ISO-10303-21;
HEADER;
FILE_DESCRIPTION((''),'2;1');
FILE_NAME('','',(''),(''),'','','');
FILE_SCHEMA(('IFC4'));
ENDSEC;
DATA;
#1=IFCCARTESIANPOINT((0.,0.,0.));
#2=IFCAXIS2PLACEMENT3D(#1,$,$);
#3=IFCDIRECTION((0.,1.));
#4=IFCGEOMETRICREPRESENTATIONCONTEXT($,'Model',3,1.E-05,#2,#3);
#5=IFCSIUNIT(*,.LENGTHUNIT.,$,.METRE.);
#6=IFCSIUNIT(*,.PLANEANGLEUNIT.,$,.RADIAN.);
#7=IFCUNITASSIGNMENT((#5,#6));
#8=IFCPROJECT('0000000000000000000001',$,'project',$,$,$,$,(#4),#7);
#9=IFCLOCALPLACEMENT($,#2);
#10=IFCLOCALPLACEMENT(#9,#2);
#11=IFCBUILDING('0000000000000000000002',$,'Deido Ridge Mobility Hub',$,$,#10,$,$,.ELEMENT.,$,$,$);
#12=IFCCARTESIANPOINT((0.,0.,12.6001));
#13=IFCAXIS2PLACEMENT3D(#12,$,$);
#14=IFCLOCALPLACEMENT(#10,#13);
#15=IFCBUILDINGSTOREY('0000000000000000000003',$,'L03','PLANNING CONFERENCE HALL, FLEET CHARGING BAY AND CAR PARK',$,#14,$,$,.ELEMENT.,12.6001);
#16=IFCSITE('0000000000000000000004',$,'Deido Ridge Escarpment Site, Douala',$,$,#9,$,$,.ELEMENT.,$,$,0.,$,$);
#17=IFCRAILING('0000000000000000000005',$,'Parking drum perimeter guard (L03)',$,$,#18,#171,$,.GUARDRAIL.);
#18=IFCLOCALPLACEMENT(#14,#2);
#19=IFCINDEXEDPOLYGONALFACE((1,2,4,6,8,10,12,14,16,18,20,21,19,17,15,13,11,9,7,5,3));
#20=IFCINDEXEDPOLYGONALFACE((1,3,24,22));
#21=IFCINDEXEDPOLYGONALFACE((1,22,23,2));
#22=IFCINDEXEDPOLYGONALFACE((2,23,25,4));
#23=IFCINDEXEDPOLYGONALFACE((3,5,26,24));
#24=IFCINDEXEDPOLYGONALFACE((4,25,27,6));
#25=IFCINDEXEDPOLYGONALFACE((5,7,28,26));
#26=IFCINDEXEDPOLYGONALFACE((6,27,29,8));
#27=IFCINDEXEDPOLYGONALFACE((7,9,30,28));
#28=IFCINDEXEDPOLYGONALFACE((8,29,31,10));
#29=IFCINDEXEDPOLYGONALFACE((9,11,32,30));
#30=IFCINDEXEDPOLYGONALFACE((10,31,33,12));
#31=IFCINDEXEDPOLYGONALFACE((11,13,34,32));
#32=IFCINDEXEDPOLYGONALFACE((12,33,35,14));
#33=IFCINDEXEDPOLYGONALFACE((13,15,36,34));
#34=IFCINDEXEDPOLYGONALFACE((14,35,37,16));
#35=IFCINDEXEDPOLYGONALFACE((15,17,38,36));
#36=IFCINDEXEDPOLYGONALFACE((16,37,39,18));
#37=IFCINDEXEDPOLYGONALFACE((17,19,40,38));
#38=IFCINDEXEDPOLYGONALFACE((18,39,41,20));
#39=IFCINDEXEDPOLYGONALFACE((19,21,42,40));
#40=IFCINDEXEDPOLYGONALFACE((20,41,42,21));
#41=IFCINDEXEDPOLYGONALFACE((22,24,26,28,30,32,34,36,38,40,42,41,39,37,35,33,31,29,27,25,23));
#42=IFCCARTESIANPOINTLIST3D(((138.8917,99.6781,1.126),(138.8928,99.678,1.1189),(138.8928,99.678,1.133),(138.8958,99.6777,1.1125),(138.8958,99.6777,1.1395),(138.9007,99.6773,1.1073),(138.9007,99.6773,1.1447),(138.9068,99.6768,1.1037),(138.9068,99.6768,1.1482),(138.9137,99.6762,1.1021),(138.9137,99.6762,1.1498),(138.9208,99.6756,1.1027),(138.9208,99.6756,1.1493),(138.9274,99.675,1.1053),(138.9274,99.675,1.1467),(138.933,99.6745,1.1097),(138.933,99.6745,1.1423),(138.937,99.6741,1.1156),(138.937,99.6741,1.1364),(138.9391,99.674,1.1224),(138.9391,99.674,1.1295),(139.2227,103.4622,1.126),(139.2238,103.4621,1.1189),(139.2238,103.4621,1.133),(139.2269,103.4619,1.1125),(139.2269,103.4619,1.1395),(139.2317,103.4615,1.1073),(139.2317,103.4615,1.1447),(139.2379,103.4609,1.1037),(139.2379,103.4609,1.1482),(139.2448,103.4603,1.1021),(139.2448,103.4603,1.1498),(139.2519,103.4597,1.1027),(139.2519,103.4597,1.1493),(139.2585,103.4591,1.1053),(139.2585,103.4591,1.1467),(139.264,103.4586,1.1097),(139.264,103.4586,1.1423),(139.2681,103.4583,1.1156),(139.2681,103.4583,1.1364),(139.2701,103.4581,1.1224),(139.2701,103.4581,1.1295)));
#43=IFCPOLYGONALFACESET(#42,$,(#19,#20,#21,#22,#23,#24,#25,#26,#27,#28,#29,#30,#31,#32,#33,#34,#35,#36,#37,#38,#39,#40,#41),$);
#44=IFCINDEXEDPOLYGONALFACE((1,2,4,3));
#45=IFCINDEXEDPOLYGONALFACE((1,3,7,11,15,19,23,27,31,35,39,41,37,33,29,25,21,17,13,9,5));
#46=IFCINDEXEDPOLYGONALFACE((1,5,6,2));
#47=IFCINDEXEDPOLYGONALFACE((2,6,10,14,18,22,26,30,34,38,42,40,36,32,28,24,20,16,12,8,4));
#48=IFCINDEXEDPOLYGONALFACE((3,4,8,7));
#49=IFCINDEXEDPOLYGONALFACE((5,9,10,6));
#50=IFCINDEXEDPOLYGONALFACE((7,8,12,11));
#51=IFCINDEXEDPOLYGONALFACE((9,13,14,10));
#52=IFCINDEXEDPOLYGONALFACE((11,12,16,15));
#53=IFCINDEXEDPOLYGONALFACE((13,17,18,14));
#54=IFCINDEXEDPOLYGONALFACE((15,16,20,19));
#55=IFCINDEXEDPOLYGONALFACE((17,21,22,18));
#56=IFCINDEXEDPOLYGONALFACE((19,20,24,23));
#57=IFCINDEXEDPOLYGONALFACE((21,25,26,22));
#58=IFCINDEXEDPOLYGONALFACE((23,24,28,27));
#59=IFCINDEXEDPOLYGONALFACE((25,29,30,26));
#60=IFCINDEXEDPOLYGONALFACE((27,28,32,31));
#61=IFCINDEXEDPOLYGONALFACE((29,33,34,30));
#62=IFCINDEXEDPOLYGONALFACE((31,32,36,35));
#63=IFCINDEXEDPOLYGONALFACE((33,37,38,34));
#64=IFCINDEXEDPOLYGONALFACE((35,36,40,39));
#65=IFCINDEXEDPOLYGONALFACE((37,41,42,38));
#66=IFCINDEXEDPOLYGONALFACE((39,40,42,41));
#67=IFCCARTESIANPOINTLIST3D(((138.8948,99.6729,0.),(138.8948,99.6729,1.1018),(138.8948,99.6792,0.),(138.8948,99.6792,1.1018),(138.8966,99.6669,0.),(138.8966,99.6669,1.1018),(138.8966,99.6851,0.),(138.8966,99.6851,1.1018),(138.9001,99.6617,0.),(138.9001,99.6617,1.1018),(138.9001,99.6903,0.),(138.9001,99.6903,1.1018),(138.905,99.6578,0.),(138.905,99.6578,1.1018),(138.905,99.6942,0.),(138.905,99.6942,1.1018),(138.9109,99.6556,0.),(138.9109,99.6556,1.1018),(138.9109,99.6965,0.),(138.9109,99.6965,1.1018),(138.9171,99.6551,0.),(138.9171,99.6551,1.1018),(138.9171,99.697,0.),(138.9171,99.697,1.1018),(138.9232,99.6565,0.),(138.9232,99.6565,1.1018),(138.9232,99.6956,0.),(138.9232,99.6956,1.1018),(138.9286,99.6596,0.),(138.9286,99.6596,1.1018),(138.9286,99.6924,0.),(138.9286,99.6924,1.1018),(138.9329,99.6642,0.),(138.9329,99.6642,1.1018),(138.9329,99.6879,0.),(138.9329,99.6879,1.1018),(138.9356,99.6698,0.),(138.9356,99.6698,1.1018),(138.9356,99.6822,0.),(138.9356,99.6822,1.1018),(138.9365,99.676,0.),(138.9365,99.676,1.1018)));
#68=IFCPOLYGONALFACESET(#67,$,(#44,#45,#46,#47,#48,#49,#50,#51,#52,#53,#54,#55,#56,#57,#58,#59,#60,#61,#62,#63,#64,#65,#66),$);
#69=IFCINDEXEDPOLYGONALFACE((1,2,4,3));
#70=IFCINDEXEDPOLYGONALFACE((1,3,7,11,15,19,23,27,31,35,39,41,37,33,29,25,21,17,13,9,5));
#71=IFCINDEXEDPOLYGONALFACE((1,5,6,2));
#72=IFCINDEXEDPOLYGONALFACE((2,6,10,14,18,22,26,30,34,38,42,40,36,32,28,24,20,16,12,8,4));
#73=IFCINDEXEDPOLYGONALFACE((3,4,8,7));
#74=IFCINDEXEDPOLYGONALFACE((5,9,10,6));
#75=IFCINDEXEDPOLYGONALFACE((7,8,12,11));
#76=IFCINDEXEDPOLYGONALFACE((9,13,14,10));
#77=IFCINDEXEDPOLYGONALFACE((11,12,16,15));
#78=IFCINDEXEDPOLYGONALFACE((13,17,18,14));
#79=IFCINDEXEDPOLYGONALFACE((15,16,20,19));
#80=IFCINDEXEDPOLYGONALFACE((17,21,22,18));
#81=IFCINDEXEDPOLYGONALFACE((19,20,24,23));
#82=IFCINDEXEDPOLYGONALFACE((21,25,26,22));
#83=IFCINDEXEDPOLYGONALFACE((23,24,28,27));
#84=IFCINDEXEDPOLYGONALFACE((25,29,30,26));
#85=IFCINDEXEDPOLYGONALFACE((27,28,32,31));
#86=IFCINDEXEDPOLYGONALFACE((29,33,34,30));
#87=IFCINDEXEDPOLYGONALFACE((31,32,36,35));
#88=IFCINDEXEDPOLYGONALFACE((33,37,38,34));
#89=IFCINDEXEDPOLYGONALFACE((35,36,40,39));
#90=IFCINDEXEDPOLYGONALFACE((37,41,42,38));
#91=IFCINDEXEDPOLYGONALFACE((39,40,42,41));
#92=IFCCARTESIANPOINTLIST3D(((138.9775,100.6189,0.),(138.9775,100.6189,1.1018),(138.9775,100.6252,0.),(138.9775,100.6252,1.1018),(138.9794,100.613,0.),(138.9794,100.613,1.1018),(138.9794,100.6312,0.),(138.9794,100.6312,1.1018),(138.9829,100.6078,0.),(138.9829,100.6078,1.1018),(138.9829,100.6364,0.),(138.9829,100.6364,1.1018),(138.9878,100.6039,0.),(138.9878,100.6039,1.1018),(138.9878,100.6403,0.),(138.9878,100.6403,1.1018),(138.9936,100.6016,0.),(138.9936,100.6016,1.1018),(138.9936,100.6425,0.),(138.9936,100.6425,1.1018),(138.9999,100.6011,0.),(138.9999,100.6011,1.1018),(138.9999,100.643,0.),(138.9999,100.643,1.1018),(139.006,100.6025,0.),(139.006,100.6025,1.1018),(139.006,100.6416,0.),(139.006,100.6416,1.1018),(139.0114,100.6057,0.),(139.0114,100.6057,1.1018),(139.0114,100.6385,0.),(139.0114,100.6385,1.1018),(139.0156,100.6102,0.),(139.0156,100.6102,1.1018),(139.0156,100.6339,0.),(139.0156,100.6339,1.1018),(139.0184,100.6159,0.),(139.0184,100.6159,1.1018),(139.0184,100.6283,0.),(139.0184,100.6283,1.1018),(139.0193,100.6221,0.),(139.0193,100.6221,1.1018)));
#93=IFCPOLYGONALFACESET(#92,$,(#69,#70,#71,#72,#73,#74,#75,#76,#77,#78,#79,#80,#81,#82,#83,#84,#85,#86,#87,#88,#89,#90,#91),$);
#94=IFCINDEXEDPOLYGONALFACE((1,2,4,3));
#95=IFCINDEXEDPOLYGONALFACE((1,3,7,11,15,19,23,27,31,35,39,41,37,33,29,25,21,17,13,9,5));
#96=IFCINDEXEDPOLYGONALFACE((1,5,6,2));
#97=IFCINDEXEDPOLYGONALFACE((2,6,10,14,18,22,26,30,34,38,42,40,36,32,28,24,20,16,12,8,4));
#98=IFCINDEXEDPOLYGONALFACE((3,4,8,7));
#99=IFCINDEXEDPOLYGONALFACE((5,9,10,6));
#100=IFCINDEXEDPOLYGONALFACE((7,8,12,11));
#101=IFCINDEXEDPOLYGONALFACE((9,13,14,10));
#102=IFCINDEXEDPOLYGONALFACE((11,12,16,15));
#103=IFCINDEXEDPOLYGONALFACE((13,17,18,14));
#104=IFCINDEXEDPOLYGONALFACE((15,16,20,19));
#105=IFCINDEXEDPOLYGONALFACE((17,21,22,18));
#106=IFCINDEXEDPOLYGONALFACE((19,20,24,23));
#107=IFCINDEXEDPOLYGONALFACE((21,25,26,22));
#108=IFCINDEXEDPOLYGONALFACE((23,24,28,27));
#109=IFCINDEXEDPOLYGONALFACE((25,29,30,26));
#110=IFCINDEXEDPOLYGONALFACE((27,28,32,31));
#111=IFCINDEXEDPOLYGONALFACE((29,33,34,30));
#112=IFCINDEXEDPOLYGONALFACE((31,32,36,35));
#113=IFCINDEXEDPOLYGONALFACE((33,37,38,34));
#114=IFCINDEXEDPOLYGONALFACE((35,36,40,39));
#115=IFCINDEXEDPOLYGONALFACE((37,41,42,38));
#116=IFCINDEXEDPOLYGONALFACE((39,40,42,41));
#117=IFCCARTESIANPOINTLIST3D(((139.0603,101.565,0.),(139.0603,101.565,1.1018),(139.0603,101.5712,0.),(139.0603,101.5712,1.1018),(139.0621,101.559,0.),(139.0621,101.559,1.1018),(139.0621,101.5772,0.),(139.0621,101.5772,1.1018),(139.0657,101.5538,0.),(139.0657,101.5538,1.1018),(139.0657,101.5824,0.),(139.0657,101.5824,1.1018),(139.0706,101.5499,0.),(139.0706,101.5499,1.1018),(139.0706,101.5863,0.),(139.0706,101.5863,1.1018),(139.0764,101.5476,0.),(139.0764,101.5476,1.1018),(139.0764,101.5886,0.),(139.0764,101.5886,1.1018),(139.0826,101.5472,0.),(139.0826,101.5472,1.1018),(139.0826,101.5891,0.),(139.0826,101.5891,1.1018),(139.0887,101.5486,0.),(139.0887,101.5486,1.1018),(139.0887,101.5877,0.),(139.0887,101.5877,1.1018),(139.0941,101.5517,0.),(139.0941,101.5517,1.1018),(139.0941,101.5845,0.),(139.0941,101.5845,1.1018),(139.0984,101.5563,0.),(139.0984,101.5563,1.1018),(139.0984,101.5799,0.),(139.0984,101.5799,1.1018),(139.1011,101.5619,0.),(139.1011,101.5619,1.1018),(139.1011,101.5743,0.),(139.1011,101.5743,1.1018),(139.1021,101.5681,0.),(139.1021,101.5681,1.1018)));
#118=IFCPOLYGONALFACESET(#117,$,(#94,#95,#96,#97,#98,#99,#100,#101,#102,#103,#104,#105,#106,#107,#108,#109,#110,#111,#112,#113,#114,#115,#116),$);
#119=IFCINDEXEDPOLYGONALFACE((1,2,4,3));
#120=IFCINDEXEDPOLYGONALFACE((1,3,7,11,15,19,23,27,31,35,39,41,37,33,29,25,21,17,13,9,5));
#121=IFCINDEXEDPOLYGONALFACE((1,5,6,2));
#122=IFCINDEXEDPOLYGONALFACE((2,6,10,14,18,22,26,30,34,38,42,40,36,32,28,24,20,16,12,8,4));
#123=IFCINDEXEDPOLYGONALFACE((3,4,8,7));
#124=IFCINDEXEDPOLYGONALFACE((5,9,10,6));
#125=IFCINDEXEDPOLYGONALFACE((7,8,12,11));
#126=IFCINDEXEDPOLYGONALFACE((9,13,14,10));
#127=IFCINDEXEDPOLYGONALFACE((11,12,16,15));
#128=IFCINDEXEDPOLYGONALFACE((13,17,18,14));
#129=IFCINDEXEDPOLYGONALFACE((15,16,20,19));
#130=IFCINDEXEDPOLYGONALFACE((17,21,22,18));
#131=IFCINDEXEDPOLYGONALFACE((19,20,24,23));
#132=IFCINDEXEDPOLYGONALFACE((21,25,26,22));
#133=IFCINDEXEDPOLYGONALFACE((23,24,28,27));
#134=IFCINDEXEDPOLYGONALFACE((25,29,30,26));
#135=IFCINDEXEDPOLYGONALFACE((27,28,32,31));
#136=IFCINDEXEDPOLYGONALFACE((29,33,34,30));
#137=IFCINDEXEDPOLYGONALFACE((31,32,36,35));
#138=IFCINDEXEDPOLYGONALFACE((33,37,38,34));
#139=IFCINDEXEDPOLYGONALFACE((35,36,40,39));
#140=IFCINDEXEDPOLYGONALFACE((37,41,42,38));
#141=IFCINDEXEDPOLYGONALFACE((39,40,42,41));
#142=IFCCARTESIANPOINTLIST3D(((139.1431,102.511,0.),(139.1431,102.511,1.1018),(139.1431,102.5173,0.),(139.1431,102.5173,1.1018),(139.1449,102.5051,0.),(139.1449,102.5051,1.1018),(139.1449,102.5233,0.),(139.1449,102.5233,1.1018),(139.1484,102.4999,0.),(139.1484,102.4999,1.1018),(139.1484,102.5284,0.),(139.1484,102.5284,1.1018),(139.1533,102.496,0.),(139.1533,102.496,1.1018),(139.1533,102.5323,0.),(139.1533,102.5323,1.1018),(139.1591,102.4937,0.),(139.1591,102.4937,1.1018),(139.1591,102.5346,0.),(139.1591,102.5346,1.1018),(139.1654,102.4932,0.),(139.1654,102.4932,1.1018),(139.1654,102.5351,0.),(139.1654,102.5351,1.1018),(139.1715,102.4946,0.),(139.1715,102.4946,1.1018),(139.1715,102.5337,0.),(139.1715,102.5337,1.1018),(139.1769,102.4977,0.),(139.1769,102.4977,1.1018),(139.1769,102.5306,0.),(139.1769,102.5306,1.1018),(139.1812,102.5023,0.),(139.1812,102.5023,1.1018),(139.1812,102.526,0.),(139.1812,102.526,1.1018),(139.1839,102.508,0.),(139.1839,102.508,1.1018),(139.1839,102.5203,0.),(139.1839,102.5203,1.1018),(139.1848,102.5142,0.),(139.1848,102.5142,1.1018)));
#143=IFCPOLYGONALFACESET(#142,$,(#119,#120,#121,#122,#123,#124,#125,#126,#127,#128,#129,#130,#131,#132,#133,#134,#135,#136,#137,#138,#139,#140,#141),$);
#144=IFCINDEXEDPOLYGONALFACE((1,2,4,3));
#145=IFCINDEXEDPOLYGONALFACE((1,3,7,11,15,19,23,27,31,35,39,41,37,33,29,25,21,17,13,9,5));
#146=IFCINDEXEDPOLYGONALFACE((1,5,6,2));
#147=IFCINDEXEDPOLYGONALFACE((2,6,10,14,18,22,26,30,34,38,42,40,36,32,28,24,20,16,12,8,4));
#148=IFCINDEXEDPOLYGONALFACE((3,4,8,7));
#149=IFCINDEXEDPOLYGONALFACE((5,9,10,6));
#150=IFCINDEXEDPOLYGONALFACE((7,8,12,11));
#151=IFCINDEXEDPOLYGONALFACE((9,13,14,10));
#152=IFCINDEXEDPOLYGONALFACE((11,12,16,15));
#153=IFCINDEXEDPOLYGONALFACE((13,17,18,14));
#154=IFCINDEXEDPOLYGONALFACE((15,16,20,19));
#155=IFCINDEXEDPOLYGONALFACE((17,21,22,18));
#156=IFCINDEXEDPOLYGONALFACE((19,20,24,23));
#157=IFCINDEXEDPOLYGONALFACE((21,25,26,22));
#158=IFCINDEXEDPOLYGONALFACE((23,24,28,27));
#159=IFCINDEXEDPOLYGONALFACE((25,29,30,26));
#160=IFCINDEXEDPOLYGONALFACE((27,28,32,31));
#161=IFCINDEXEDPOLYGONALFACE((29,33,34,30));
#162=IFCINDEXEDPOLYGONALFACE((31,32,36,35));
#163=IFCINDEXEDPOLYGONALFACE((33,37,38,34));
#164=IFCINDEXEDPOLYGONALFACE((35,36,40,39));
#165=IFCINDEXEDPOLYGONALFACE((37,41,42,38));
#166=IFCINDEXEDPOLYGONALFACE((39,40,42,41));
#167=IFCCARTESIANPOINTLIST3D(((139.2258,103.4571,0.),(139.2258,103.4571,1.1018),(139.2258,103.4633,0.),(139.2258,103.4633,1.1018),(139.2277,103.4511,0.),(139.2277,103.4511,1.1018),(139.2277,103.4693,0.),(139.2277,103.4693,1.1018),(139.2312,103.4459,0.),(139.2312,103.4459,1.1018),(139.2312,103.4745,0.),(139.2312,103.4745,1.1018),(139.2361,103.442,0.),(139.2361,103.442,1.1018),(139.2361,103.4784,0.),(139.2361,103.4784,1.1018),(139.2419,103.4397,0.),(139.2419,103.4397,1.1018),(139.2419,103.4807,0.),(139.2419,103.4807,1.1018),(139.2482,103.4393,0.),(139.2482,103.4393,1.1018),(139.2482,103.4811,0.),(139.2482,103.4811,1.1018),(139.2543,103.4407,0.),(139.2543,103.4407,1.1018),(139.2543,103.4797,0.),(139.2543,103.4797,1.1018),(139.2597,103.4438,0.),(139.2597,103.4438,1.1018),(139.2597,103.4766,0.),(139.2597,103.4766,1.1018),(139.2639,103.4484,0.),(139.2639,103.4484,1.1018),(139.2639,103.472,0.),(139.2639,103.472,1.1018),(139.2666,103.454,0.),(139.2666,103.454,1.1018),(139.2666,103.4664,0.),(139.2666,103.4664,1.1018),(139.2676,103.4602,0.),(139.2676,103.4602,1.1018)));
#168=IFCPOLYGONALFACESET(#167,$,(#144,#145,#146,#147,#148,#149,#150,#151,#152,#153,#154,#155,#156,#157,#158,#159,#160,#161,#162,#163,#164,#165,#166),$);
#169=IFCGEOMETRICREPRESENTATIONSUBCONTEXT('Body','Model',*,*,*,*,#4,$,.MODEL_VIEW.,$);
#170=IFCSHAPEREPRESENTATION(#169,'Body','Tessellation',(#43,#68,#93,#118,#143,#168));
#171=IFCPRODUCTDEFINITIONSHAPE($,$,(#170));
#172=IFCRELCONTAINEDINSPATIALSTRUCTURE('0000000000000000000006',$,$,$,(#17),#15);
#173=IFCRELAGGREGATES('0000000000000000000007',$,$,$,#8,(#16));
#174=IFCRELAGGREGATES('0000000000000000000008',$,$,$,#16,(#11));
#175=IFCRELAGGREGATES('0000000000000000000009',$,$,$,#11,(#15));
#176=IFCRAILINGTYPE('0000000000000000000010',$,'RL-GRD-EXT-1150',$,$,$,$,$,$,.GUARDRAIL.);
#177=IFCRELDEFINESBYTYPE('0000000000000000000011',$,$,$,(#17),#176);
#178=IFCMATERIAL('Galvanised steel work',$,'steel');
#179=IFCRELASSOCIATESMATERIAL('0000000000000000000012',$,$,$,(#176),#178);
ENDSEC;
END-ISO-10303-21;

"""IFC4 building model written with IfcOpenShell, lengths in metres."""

from ifc_helpers import new_model, si_unit, direction, frame, origin, origin_2d, place, context, subcontext, project, spatial, circle, extrude, material, type_object, element, save


model = new_model("IFC4")

# Units and contexts
model_context = context("Model", 3, precision=1e-05, world=origin(), true_north=direction((0.0, 1.0)))
body_context = subcontext(model_context, "Body", "Model", "MODEL_VIEW")
ifc_project = project(units=[si_unit("LENGTHUNIT", "METRE"), si_unit("PLANEANGLEUNIT", "RADIAN")], contexts=[model_context])

# Site, building, storey
site_placement = place(None, origin())
site = spatial("IfcSite", under=ifc_project, at=site_placement, Name="Deido Ridge Escarpment Site, Douala", CompositionType="ELEMENT", RefElevation=0.0)
building_placement = place(site_placement, origin())
building = spatial("IfcBuilding", under=site, at=building_placement, Name="Deido Ridge Mobility Hub", CompositionType="ELEMENT")
storey_placement = place(building_placement, frame((0.0, 0.0, 12.6001)))
storey = spatial("IfcBuildingStorey", under=building, at=storey_placement, Name="L03", Description="PLANNING CONFERENCE HALL, FLEET CHARGING BAY AND CAR PARK", CompositionType="ELEMENT", Elevation=12.6001)

# Railing
ifc_material_1 = material(Name="Galvanised steel work", Category="steel")
railing_type = type_object("IfcRailingType", Name="RL-GRD-EXT-1150", PredefinedType="GUARDRAIL", material=ifc_material_1)
railing_1_placement = place(storey_placement, frame((138.9155, 99.676, 0.0)))
element("IfcRailing", 1, at=railing_1_placement, inside=storey, type_object=railing_type, Name="Parking drum perimeter guard (L03)", PredefinedType="GUARDRAIL", context=body_context, shape_type="SweptSolid", body=[
    extrude(circle(Radius=0.0239, at=origin_2d()), frame((0.0, 0.0, 1.126), z_axis=(0.087151, 0.996195, 0.0), x_axis=(-0.996195, 0.087151, 0.0)), (0.0, 0.0, 1.0), 3.7986),
    extrude(circle(Radius=0.021, at=origin_2d()), origin(), (0.0, 0.0, 1.0), 1.1018),
    extrude(circle(Radius=0.021, at=origin_2d()), frame((0.0828, 0.946, 0.0)), (0.0, 0.0, 1.0), 1.1018),
    extrude(circle(Radius=0.021, at=origin_2d()), frame((0.1655, 1.8921, 0.0)), (0.0, 0.0, 1.0), 1.1018),
    extrude(circle(Radius=0.021, at=origin_2d()), frame((0.2483, 2.8381, 0.0)), (0.0, 0.0, 1.0), 1.1018),
    extrude(circle(Radius=0.021, at=origin_2d()), frame((0.3311, 3.7842, 0.0)), (0.0, 0.0, 1.0), 1.1018),
])

save(model, "model.ifc")
